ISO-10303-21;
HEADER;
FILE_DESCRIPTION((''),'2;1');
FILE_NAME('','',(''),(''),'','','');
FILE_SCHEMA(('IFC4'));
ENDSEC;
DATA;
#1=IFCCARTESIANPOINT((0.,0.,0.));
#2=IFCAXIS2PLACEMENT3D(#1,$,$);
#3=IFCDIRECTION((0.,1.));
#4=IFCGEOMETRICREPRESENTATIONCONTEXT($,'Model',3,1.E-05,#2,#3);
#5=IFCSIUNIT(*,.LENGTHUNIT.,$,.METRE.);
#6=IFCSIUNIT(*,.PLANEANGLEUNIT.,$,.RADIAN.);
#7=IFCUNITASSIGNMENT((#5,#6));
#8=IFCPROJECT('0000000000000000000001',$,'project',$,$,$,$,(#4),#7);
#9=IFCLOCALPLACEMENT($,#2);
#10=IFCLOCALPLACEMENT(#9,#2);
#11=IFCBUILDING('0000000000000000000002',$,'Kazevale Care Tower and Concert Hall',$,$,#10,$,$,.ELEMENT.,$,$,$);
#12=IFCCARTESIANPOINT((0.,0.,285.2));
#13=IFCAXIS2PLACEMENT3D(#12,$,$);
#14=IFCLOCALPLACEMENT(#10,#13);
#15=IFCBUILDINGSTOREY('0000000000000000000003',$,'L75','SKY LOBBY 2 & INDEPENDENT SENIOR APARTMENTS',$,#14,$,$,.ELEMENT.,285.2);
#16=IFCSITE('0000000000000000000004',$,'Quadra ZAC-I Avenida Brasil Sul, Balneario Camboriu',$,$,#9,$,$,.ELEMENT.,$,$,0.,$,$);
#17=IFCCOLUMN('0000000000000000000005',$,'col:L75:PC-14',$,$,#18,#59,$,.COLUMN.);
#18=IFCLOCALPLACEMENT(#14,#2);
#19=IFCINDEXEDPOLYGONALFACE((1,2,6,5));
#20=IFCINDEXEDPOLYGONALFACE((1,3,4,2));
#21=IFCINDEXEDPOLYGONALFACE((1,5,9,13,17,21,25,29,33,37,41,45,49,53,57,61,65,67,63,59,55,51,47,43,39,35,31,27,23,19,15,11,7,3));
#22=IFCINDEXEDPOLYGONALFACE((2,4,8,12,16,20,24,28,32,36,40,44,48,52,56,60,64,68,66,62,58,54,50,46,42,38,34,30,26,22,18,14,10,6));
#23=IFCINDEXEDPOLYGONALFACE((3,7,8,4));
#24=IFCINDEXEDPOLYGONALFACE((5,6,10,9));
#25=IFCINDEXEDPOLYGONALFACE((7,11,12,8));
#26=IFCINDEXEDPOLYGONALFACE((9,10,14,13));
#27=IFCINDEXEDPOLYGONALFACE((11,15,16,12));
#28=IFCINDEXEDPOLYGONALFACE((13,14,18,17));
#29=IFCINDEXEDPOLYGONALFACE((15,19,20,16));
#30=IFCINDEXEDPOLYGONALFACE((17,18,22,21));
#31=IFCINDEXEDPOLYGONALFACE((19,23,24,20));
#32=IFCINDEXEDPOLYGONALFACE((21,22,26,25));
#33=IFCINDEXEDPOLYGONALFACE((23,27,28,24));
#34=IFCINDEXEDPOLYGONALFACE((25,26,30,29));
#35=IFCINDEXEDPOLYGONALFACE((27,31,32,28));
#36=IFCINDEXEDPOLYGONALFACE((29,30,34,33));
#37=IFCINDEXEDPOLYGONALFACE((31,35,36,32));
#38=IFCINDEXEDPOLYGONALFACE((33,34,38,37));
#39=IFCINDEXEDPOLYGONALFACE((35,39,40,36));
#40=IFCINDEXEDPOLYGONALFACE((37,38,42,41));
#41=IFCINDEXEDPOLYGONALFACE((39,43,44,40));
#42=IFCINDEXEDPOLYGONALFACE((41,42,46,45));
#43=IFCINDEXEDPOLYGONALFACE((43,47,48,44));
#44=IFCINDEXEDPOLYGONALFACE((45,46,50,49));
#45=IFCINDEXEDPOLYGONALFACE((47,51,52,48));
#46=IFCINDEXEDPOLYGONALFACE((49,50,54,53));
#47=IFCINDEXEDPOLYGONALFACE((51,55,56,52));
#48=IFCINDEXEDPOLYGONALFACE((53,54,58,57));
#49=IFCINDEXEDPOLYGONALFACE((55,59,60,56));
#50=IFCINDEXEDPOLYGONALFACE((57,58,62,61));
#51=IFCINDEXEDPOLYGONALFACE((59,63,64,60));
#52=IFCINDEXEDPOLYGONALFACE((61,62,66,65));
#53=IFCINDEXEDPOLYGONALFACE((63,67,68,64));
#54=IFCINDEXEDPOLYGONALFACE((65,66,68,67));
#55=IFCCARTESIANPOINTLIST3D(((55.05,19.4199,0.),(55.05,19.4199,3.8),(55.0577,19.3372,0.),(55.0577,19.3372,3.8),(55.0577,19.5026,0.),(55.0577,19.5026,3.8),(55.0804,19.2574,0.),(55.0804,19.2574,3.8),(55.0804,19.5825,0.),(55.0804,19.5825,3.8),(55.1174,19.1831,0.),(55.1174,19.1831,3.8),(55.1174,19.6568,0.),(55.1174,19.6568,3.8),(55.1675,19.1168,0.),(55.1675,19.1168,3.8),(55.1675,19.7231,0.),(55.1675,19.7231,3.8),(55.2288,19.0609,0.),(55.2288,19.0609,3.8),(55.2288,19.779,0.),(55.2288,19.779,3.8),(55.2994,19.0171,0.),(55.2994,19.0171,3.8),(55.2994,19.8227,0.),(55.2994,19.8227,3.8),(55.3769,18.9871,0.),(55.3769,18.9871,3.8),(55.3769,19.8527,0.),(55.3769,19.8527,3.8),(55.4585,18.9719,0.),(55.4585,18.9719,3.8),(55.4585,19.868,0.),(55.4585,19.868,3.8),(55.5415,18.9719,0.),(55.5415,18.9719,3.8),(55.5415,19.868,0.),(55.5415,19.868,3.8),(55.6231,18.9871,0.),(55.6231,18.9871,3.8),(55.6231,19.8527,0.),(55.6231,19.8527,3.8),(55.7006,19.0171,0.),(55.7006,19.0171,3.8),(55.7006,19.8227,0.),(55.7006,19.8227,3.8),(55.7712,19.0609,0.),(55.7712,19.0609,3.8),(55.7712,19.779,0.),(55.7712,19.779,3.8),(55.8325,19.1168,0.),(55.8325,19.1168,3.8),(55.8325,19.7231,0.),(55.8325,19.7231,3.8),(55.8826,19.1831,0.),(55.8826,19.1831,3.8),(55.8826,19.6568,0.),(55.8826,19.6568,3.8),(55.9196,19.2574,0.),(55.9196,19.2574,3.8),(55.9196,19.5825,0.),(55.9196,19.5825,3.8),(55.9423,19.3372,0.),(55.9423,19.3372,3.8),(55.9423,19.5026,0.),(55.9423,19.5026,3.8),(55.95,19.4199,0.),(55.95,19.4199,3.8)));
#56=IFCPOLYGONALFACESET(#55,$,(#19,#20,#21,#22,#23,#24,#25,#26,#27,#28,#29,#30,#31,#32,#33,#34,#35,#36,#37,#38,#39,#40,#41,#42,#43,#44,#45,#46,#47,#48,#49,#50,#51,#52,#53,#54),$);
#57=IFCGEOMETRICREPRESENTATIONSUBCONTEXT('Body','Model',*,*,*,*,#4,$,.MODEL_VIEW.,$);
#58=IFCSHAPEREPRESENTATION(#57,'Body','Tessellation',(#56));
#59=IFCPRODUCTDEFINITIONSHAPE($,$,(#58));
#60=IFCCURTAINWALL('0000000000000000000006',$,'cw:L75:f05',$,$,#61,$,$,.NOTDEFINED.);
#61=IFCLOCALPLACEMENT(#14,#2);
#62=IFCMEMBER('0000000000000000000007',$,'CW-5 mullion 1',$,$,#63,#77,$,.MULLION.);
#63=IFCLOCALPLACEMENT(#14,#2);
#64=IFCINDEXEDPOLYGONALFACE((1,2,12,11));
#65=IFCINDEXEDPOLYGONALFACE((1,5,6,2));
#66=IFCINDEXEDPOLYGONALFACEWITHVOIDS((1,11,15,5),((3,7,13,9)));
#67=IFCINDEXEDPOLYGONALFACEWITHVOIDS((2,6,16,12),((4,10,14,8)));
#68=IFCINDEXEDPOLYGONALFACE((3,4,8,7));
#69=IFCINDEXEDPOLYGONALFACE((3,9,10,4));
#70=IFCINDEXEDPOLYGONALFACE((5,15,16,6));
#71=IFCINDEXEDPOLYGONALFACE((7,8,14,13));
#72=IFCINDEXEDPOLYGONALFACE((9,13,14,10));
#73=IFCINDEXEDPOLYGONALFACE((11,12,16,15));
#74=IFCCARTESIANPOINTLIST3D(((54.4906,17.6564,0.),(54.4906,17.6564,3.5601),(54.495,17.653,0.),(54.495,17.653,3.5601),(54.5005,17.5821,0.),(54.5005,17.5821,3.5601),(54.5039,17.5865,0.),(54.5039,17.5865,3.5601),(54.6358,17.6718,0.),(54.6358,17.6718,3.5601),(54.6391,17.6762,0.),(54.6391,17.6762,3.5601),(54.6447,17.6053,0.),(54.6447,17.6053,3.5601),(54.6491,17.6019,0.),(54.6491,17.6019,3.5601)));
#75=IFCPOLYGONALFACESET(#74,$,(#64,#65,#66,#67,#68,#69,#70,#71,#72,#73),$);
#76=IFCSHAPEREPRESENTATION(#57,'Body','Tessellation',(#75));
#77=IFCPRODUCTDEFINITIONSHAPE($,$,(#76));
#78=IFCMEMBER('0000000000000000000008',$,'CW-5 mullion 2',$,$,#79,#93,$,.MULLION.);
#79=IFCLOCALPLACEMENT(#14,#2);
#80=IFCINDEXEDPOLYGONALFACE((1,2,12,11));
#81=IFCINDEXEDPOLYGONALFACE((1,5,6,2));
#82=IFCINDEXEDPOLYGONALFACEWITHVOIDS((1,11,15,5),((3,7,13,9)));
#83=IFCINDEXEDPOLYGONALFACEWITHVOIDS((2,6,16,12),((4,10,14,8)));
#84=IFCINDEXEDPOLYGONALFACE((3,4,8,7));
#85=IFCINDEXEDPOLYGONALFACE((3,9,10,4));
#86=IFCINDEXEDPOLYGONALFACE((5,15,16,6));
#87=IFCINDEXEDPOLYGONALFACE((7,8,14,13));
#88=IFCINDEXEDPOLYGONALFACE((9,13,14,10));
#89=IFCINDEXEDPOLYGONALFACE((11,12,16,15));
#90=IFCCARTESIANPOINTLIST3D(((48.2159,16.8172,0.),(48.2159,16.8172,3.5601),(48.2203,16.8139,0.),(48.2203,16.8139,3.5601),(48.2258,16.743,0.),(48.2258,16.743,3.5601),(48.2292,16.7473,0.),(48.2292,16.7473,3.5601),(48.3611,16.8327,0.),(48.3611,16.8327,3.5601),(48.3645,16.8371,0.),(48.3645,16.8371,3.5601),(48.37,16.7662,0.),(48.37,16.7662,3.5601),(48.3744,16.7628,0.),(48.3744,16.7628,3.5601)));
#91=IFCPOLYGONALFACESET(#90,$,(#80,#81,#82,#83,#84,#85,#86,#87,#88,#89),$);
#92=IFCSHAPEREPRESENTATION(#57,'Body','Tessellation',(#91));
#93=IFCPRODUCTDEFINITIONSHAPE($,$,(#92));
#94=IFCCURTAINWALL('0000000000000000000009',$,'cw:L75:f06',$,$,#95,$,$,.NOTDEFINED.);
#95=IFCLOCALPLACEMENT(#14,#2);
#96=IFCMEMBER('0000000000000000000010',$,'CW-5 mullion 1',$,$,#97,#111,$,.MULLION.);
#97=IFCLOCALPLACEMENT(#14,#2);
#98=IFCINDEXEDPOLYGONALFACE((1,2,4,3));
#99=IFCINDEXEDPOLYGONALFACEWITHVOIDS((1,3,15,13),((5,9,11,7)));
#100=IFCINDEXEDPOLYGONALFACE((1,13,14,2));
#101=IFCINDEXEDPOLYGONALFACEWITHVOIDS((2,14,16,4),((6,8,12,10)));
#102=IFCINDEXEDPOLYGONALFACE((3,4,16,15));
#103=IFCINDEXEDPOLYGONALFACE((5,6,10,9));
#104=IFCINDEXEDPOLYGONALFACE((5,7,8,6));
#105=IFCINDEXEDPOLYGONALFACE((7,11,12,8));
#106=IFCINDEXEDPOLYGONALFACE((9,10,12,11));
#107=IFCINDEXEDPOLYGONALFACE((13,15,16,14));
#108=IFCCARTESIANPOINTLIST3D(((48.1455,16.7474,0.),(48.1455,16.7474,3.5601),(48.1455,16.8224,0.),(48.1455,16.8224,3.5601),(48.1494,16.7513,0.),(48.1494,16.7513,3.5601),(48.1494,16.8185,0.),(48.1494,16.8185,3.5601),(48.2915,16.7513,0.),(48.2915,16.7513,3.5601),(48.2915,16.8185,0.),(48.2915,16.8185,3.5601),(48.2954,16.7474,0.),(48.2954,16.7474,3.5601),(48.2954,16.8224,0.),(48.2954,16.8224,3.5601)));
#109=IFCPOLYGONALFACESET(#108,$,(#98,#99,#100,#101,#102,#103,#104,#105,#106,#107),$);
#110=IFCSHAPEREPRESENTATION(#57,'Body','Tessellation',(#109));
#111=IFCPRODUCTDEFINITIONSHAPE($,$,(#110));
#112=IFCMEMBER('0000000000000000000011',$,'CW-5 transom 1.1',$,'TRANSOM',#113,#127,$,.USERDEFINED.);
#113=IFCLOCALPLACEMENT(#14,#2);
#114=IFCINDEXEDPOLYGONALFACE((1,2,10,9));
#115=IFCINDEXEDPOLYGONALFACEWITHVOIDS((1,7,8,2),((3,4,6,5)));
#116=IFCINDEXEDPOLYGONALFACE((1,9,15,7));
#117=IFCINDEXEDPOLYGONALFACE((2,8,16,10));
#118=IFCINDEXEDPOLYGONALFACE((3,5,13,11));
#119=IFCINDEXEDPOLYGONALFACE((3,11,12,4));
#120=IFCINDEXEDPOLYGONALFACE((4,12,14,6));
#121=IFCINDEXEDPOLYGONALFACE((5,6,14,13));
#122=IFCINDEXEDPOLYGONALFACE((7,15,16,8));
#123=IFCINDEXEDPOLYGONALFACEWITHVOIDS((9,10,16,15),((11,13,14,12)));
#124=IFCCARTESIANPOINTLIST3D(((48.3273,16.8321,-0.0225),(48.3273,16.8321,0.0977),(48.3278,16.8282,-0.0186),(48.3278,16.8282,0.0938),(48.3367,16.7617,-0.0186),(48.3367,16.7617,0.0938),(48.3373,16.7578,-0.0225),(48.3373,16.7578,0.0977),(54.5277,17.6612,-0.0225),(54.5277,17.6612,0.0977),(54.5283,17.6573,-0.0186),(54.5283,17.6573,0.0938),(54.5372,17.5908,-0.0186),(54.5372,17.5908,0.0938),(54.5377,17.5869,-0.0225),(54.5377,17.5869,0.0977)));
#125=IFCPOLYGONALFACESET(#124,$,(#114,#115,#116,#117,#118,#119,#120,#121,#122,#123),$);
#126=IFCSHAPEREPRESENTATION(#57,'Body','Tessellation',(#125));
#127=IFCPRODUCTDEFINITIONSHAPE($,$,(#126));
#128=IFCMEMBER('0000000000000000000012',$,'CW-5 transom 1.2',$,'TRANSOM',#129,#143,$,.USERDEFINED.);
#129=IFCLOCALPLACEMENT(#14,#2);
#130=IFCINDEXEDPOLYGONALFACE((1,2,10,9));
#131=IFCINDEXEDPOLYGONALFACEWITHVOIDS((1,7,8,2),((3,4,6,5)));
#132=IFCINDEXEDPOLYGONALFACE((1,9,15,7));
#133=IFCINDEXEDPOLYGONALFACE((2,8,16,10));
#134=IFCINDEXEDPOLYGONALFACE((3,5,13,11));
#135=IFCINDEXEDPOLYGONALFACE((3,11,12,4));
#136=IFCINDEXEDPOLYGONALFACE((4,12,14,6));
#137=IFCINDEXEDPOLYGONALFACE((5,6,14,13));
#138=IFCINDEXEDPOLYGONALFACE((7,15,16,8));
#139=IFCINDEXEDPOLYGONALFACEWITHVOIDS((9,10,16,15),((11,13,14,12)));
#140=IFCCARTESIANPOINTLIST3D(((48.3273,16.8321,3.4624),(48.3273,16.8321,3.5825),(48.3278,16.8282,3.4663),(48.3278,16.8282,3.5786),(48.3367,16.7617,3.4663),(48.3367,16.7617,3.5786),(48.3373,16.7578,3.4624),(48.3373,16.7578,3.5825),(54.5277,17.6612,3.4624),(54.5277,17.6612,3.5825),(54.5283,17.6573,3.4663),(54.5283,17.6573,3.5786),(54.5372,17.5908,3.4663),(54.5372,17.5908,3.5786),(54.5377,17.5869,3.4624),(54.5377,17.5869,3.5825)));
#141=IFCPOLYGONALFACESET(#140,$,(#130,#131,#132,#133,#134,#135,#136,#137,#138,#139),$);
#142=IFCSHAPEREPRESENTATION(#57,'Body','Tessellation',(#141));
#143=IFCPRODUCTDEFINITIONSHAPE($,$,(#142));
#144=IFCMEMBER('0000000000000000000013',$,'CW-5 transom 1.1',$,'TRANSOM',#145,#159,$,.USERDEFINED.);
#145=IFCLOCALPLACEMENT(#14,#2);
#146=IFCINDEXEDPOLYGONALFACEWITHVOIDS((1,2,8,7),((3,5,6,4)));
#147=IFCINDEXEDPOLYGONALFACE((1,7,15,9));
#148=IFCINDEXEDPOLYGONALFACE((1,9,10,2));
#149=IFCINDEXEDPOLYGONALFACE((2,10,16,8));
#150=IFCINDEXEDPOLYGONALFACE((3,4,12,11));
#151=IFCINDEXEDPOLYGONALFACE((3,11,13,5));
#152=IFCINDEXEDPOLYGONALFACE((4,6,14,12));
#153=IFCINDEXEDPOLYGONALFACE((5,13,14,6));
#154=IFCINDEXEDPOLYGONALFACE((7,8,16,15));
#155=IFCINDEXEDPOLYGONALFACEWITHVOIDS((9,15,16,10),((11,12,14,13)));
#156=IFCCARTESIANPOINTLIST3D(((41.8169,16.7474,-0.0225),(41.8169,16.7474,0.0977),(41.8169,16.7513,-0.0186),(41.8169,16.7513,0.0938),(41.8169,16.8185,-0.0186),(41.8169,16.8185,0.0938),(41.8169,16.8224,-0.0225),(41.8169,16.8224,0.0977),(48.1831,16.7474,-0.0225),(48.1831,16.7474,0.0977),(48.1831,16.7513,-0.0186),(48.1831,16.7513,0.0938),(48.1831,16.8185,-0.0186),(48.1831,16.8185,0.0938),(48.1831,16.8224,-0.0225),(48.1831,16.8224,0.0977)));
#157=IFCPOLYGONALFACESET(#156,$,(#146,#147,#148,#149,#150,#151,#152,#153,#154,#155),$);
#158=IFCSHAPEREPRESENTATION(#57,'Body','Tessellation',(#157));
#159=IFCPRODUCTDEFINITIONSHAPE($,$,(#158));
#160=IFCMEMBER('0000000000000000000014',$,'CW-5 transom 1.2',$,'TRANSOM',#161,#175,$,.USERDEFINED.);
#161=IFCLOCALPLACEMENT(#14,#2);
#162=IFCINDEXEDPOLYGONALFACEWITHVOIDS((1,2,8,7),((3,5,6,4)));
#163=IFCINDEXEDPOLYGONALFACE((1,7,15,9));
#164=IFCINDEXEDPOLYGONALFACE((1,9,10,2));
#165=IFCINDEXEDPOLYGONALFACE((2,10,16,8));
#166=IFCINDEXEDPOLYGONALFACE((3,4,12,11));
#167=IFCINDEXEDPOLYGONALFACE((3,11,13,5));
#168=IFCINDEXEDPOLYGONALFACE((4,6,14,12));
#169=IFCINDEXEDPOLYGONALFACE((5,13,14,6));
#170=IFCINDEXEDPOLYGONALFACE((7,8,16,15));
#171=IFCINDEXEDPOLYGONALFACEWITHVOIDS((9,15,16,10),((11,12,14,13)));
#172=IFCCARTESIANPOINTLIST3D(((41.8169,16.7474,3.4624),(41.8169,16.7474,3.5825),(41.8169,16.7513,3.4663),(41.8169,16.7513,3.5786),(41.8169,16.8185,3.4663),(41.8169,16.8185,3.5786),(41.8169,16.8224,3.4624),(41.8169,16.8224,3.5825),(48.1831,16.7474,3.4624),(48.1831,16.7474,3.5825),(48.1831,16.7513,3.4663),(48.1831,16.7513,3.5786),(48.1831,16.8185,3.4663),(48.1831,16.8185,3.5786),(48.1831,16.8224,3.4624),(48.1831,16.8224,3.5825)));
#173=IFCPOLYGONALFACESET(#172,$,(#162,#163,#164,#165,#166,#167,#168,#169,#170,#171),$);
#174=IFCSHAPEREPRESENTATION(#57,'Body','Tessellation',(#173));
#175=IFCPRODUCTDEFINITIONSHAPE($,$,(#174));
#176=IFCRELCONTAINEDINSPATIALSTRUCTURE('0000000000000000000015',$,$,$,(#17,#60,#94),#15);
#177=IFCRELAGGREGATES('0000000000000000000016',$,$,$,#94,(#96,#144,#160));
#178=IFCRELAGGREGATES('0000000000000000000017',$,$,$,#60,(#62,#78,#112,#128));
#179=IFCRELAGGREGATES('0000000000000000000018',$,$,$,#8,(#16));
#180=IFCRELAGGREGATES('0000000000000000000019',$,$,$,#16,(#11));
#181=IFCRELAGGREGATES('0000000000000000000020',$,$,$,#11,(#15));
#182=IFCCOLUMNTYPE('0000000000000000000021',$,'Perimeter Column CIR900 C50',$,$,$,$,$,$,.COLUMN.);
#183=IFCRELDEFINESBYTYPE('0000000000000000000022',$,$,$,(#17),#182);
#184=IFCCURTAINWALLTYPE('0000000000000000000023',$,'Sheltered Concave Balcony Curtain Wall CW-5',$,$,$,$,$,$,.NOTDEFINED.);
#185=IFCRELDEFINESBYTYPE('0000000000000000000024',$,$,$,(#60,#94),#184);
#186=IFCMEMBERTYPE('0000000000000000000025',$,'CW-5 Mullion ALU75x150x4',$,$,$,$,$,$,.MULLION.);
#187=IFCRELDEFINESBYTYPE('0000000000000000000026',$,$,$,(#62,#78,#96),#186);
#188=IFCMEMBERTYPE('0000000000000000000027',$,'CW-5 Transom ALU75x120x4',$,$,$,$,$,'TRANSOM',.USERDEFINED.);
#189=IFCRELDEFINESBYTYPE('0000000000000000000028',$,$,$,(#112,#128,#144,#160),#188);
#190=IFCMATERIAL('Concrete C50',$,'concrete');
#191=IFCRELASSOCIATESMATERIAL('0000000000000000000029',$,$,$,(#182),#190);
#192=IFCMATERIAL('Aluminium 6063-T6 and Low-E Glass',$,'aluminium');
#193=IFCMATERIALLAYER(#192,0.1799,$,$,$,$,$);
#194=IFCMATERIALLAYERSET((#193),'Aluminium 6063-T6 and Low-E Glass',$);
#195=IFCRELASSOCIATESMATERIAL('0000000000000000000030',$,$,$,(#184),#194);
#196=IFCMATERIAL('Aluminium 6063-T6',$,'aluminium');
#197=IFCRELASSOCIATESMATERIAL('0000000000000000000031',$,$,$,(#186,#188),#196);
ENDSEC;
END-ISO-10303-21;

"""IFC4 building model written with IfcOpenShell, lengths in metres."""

from ifc_helpers import new_model, si_unit, direction, frame, origin, origin_2d, place, context, subcontext, project, spatial, hollow_rectangle, circle, extrude, material, layer, layer_set, material_profile, profile_set, type_object, element, aggregate, save


model = new_model("IFC4")

# Units and contexts
model_context = context("Model", 3, precision=1e-05, world=origin(), true_north=direction((0.0, 1.0)))
body_context = subcontext(model_context, "Body", "Model", "MODEL_VIEW")
ifc_project = project(units=[si_unit("LENGTHUNIT", "METRE"), si_unit("PLANEANGLEUNIT", "RADIAN")], contexts=[model_context])

# Site, building, storey
site_placement = place(None, origin())
site = spatial("IfcSite", under=ifc_project, at=site_placement, Name="Quadra ZAC-I Avenida Brasil Sul, Balneario Camboriu", CompositionType="ELEMENT", RefElevation=0.0)
building_placement = place(site_placement, origin())
building = spatial("IfcBuilding", under=site, at=building_placement, Name="Kazevale Care Tower and Concert Hall", CompositionType="ELEMENT")
storey_placement = place(building_placement, frame((0.0, 0.0, 285.2)))
storey = spatial("IfcBuildingStorey", under=building, at=storey_placement, Name="L75", Description="SKY LOBBY 2 & INDEPENDENT SENIOR APARTMENTS", CompositionType="ELEMENT", Elevation=285.2)

# Column
ifc_material_1 = material(Name="Concrete C50", Category="concrete")
ifc_material_profile_1 = material_profile(ifc_material_1, circle(Radius=0.45, at=origin_2d()), Name="RC-CIR900")
ifc_profile_set_1 = profile_set([ifc_material_profile_1], Name="Concrete C50")
column_type = type_object("IfcColumnType", Name="Perimeter Column CIR900 C50", PredefinedType="COLUMN", material=ifc_profile_set_1)
column_placement = place(storey_placement, frame((55.5, 19.4199, 0.0), z_axis=(0.0, 0.0, 1.0), x_axis=(1.0, 0.0, 0.0)))
element("IfcColumn", 1, at=column_placement, inside=storey, type_object=column_type, Name="col:L75:PC-14", PredefinedType="COLUMN", context=body_context, shape_type="SweptSolid", body=[
    extrude(circle(Radius=0.45, at=origin_2d()), origin(), (0.0, 0.0, 1.0), 3.8),
])

# Curtain wall, members
ifc_material_2 = material(Name="Aluminium 6063-T6 and Low-E Glass", Category="aluminium")
ifc_layer_1 = layer(ifc_material_2, 0.1799)
ifc_layer_set_1 = layer_set([ifc_layer_1], Name="Aluminium 6063-T6 and Low-E Glass")
curtain_wall_type = type_object("IfcCurtainWallType", Name="Sheltered Concave Balcony Curtain Wall CW-5", PredefinedType="NOTDEFINED", material=ifc_layer_set_1)
curtain_wall_1_placement = place(storey_placement, origin())
curtain_wall_1 = element("IfcCurtainWall", 2, at=curtain_wall_1_placement, inside=storey, type_object=curtain_wall_type, Name="cw:L75:f05", PredefinedType="NOTDEFINED")
ifc_material_3 = material(Name="Aluminium 6063-T6", Category="aluminium")
ifc_material_profile_2 = material_profile(ifc_material_3, hollow_rectangle(XDim=0.075, YDim=0.1499, WallThickness=0.0039, at=origin_2d()), Name="ALU75x150x4")
ifc_profile_set_2 = profile_set([ifc_material_profile_2], Name="Aluminium 6063-T6")
member_type_1 = type_object("IfcMemberType", Name="CW-5 Mullion ALU75x150x4", PredefinedType="MULLION", material=ifc_profile_set_2)
member_1_placement = place(storey_placement, frame((54.5698, 17.6292, 0.0), z_axis=(0.0, 0.0, 1.0), x_axis=(0.132542, -0.991177, 0.0)))
member_1 = element("IfcMember", 3, at=member_1_placement, type_object=member_type_1, Name="CW-5 mullion 1", PredefinedType="MULLION", context=body_context, shape_type="SweptSolid", body=[
    extrude(hollow_rectangle(XDim=0.075, YDim=0.1499, WallThickness=0.0039, at=origin_2d()), origin(), (0.0, 0.0, 1.0), 3.5601),
])
member_2_placement = place(storey_placement, frame((48.2952, 16.79, 0.0), z_axis=(0.0, 0.0, 1.0), x_axis=(0.132542, -0.991177, 0.0)))
member_2 = element("IfcMember", 4, at=member_2_placement, type_object=member_type_1, Name="CW-5 mullion 2", PredefinedType="MULLION", context=body_context, shape_type="SweptSolid", body=[
    extrude(hollow_rectangle(XDim=0.075, YDim=0.1499, WallThickness=0.0039, at=origin_2d()), origin(), (0.0, 0.0, 1.0), 3.5601),
])

# Curtain wall, member
curtain_wall_2_placement = place(storey_placement, origin())
curtain_wall_2 = element("IfcCurtainWall", 5, at=curtain_wall_2_placement, inside=storey, type_object=curtain_wall_type, Name="cw:L75:f06", PredefinedType="NOTDEFINED")
member_3_placement = place(storey_placement, frame((48.2205, 16.7849, 0.0), z_axis=(0.0, 0.0, 1.0), x_axis=(0.0, -1.0, 0.0)))
member_3 = element("IfcMember", 6, at=member_3_placement, type_object=member_type_1, Name="CW-5 mullion 1", PredefinedType="MULLION", context=body_context, shape_type="SweptSolid", body=[
    extrude(hollow_rectangle(XDim=0.075, YDim=0.1499, WallThickness=0.0039, at=origin_2d()), origin(), (0.0, 0.0, 1.0), 3.5601),
])

# Members
ifc_material_profile_3 = material_profile(ifc_material_3, hollow_rectangle(XDim=0.075, YDim=0.1201, WallThickness=0.0039, at=origin_2d()), Name="ALU75x120x4")
ifc_profile_set_3 = profile_set([ifc_material_profile_3], Name="Aluminium 6063-T6")
member_type_2 = type_object("IfcMemberType", Name="CW-5 Transom ALU75x120x4", ElementType="TRANSOM", PredefinedType="USERDEFINED", material=ifc_profile_set_3)
member_4_placement = place(storey_placement, frame((54.5327, 17.624, 0.0376), z_axis=(-0.991178, -0.132537, 0.0), x_axis=(0.132537, -0.991178, 0.0)))
member_4 = element("IfcMember", 7, at=member_4_placement, type_object=member_type_2, Name="CW-5 transom 1.1", ObjectType="TRANSOM", PredefinedType="USERDEFINED", context=body_context, shape_type="SweptSolid", body=[
    extrude(hollow_rectangle(XDim=0.075, YDim=0.1201, WallThickness=0.0039, at=origin_2d()), origin(), (0.0, 0.0, 1.0), 6.2556),
])
member_5_placement = place(storey_placement, frame((54.5327, 17.624, 3.5225), z_axis=(-0.991178, -0.132537, 0.0), x_axis=(0.132537, -0.991178, 0.0)))
member_5 = element("IfcMember", 8, at=member_5_placement, type_object=member_type_2, Name="CW-5 transom 1.2", ObjectType="TRANSOM", PredefinedType="USERDEFINED", context=body_context, shape_type="SweptSolid", body=[
    extrude(hollow_rectangle(XDim=0.075, YDim=0.1201, WallThickness=0.0039, at=origin_2d()), origin(), (0.0, 0.0, 1.0), 6.2556),
])
member_6_placement = place(storey_placement, frame((48.1831, 16.7849, 0.0376), z_axis=(-1.0, 0.0, 0.0), x_axis=(0.0, -1.0, 0.0)))
member_6 = element("IfcMember", 9, at=member_6_placement, type_object=member_type_2, Name="CW-5 transom 1.1", ObjectType="TRANSOM", PredefinedType="USERDEFINED", context=body_context, shape_type="SweptSolid", body=[
    extrude(hollow_rectangle(XDim=0.075, YDim=0.1201, WallThickness=0.0039, at=origin_2d()), origin(), (0.0, 0.0, 1.0), 6.3662),
])
member_7_placement = place(storey_placement, frame((48.1831, 16.7849, 3.5225), z_axis=(-1.0, 0.0, 0.0), x_axis=(0.0, -1.0, 0.0)))
member_7 = element("IfcMember", 10, at=member_7_placement, type_object=member_type_2, Name="CW-5 transom 1.2", ObjectType="TRANSOM", PredefinedType="USERDEFINED", context=body_context, shape_type="SweptSolid", body=[
    extrude(hollow_rectangle(XDim=0.075, YDim=0.1201, WallThickness=0.0039, at=origin_2d()), origin(), (0.0, 0.0, 1.0), 6.3662),
])
aggregate(curtain_wall_2, [member_3, member_6, member_7])

aggregate(curtain_wall_1, [member_1, member_2, member_4, member_5])

save(model, "model.ifc")
